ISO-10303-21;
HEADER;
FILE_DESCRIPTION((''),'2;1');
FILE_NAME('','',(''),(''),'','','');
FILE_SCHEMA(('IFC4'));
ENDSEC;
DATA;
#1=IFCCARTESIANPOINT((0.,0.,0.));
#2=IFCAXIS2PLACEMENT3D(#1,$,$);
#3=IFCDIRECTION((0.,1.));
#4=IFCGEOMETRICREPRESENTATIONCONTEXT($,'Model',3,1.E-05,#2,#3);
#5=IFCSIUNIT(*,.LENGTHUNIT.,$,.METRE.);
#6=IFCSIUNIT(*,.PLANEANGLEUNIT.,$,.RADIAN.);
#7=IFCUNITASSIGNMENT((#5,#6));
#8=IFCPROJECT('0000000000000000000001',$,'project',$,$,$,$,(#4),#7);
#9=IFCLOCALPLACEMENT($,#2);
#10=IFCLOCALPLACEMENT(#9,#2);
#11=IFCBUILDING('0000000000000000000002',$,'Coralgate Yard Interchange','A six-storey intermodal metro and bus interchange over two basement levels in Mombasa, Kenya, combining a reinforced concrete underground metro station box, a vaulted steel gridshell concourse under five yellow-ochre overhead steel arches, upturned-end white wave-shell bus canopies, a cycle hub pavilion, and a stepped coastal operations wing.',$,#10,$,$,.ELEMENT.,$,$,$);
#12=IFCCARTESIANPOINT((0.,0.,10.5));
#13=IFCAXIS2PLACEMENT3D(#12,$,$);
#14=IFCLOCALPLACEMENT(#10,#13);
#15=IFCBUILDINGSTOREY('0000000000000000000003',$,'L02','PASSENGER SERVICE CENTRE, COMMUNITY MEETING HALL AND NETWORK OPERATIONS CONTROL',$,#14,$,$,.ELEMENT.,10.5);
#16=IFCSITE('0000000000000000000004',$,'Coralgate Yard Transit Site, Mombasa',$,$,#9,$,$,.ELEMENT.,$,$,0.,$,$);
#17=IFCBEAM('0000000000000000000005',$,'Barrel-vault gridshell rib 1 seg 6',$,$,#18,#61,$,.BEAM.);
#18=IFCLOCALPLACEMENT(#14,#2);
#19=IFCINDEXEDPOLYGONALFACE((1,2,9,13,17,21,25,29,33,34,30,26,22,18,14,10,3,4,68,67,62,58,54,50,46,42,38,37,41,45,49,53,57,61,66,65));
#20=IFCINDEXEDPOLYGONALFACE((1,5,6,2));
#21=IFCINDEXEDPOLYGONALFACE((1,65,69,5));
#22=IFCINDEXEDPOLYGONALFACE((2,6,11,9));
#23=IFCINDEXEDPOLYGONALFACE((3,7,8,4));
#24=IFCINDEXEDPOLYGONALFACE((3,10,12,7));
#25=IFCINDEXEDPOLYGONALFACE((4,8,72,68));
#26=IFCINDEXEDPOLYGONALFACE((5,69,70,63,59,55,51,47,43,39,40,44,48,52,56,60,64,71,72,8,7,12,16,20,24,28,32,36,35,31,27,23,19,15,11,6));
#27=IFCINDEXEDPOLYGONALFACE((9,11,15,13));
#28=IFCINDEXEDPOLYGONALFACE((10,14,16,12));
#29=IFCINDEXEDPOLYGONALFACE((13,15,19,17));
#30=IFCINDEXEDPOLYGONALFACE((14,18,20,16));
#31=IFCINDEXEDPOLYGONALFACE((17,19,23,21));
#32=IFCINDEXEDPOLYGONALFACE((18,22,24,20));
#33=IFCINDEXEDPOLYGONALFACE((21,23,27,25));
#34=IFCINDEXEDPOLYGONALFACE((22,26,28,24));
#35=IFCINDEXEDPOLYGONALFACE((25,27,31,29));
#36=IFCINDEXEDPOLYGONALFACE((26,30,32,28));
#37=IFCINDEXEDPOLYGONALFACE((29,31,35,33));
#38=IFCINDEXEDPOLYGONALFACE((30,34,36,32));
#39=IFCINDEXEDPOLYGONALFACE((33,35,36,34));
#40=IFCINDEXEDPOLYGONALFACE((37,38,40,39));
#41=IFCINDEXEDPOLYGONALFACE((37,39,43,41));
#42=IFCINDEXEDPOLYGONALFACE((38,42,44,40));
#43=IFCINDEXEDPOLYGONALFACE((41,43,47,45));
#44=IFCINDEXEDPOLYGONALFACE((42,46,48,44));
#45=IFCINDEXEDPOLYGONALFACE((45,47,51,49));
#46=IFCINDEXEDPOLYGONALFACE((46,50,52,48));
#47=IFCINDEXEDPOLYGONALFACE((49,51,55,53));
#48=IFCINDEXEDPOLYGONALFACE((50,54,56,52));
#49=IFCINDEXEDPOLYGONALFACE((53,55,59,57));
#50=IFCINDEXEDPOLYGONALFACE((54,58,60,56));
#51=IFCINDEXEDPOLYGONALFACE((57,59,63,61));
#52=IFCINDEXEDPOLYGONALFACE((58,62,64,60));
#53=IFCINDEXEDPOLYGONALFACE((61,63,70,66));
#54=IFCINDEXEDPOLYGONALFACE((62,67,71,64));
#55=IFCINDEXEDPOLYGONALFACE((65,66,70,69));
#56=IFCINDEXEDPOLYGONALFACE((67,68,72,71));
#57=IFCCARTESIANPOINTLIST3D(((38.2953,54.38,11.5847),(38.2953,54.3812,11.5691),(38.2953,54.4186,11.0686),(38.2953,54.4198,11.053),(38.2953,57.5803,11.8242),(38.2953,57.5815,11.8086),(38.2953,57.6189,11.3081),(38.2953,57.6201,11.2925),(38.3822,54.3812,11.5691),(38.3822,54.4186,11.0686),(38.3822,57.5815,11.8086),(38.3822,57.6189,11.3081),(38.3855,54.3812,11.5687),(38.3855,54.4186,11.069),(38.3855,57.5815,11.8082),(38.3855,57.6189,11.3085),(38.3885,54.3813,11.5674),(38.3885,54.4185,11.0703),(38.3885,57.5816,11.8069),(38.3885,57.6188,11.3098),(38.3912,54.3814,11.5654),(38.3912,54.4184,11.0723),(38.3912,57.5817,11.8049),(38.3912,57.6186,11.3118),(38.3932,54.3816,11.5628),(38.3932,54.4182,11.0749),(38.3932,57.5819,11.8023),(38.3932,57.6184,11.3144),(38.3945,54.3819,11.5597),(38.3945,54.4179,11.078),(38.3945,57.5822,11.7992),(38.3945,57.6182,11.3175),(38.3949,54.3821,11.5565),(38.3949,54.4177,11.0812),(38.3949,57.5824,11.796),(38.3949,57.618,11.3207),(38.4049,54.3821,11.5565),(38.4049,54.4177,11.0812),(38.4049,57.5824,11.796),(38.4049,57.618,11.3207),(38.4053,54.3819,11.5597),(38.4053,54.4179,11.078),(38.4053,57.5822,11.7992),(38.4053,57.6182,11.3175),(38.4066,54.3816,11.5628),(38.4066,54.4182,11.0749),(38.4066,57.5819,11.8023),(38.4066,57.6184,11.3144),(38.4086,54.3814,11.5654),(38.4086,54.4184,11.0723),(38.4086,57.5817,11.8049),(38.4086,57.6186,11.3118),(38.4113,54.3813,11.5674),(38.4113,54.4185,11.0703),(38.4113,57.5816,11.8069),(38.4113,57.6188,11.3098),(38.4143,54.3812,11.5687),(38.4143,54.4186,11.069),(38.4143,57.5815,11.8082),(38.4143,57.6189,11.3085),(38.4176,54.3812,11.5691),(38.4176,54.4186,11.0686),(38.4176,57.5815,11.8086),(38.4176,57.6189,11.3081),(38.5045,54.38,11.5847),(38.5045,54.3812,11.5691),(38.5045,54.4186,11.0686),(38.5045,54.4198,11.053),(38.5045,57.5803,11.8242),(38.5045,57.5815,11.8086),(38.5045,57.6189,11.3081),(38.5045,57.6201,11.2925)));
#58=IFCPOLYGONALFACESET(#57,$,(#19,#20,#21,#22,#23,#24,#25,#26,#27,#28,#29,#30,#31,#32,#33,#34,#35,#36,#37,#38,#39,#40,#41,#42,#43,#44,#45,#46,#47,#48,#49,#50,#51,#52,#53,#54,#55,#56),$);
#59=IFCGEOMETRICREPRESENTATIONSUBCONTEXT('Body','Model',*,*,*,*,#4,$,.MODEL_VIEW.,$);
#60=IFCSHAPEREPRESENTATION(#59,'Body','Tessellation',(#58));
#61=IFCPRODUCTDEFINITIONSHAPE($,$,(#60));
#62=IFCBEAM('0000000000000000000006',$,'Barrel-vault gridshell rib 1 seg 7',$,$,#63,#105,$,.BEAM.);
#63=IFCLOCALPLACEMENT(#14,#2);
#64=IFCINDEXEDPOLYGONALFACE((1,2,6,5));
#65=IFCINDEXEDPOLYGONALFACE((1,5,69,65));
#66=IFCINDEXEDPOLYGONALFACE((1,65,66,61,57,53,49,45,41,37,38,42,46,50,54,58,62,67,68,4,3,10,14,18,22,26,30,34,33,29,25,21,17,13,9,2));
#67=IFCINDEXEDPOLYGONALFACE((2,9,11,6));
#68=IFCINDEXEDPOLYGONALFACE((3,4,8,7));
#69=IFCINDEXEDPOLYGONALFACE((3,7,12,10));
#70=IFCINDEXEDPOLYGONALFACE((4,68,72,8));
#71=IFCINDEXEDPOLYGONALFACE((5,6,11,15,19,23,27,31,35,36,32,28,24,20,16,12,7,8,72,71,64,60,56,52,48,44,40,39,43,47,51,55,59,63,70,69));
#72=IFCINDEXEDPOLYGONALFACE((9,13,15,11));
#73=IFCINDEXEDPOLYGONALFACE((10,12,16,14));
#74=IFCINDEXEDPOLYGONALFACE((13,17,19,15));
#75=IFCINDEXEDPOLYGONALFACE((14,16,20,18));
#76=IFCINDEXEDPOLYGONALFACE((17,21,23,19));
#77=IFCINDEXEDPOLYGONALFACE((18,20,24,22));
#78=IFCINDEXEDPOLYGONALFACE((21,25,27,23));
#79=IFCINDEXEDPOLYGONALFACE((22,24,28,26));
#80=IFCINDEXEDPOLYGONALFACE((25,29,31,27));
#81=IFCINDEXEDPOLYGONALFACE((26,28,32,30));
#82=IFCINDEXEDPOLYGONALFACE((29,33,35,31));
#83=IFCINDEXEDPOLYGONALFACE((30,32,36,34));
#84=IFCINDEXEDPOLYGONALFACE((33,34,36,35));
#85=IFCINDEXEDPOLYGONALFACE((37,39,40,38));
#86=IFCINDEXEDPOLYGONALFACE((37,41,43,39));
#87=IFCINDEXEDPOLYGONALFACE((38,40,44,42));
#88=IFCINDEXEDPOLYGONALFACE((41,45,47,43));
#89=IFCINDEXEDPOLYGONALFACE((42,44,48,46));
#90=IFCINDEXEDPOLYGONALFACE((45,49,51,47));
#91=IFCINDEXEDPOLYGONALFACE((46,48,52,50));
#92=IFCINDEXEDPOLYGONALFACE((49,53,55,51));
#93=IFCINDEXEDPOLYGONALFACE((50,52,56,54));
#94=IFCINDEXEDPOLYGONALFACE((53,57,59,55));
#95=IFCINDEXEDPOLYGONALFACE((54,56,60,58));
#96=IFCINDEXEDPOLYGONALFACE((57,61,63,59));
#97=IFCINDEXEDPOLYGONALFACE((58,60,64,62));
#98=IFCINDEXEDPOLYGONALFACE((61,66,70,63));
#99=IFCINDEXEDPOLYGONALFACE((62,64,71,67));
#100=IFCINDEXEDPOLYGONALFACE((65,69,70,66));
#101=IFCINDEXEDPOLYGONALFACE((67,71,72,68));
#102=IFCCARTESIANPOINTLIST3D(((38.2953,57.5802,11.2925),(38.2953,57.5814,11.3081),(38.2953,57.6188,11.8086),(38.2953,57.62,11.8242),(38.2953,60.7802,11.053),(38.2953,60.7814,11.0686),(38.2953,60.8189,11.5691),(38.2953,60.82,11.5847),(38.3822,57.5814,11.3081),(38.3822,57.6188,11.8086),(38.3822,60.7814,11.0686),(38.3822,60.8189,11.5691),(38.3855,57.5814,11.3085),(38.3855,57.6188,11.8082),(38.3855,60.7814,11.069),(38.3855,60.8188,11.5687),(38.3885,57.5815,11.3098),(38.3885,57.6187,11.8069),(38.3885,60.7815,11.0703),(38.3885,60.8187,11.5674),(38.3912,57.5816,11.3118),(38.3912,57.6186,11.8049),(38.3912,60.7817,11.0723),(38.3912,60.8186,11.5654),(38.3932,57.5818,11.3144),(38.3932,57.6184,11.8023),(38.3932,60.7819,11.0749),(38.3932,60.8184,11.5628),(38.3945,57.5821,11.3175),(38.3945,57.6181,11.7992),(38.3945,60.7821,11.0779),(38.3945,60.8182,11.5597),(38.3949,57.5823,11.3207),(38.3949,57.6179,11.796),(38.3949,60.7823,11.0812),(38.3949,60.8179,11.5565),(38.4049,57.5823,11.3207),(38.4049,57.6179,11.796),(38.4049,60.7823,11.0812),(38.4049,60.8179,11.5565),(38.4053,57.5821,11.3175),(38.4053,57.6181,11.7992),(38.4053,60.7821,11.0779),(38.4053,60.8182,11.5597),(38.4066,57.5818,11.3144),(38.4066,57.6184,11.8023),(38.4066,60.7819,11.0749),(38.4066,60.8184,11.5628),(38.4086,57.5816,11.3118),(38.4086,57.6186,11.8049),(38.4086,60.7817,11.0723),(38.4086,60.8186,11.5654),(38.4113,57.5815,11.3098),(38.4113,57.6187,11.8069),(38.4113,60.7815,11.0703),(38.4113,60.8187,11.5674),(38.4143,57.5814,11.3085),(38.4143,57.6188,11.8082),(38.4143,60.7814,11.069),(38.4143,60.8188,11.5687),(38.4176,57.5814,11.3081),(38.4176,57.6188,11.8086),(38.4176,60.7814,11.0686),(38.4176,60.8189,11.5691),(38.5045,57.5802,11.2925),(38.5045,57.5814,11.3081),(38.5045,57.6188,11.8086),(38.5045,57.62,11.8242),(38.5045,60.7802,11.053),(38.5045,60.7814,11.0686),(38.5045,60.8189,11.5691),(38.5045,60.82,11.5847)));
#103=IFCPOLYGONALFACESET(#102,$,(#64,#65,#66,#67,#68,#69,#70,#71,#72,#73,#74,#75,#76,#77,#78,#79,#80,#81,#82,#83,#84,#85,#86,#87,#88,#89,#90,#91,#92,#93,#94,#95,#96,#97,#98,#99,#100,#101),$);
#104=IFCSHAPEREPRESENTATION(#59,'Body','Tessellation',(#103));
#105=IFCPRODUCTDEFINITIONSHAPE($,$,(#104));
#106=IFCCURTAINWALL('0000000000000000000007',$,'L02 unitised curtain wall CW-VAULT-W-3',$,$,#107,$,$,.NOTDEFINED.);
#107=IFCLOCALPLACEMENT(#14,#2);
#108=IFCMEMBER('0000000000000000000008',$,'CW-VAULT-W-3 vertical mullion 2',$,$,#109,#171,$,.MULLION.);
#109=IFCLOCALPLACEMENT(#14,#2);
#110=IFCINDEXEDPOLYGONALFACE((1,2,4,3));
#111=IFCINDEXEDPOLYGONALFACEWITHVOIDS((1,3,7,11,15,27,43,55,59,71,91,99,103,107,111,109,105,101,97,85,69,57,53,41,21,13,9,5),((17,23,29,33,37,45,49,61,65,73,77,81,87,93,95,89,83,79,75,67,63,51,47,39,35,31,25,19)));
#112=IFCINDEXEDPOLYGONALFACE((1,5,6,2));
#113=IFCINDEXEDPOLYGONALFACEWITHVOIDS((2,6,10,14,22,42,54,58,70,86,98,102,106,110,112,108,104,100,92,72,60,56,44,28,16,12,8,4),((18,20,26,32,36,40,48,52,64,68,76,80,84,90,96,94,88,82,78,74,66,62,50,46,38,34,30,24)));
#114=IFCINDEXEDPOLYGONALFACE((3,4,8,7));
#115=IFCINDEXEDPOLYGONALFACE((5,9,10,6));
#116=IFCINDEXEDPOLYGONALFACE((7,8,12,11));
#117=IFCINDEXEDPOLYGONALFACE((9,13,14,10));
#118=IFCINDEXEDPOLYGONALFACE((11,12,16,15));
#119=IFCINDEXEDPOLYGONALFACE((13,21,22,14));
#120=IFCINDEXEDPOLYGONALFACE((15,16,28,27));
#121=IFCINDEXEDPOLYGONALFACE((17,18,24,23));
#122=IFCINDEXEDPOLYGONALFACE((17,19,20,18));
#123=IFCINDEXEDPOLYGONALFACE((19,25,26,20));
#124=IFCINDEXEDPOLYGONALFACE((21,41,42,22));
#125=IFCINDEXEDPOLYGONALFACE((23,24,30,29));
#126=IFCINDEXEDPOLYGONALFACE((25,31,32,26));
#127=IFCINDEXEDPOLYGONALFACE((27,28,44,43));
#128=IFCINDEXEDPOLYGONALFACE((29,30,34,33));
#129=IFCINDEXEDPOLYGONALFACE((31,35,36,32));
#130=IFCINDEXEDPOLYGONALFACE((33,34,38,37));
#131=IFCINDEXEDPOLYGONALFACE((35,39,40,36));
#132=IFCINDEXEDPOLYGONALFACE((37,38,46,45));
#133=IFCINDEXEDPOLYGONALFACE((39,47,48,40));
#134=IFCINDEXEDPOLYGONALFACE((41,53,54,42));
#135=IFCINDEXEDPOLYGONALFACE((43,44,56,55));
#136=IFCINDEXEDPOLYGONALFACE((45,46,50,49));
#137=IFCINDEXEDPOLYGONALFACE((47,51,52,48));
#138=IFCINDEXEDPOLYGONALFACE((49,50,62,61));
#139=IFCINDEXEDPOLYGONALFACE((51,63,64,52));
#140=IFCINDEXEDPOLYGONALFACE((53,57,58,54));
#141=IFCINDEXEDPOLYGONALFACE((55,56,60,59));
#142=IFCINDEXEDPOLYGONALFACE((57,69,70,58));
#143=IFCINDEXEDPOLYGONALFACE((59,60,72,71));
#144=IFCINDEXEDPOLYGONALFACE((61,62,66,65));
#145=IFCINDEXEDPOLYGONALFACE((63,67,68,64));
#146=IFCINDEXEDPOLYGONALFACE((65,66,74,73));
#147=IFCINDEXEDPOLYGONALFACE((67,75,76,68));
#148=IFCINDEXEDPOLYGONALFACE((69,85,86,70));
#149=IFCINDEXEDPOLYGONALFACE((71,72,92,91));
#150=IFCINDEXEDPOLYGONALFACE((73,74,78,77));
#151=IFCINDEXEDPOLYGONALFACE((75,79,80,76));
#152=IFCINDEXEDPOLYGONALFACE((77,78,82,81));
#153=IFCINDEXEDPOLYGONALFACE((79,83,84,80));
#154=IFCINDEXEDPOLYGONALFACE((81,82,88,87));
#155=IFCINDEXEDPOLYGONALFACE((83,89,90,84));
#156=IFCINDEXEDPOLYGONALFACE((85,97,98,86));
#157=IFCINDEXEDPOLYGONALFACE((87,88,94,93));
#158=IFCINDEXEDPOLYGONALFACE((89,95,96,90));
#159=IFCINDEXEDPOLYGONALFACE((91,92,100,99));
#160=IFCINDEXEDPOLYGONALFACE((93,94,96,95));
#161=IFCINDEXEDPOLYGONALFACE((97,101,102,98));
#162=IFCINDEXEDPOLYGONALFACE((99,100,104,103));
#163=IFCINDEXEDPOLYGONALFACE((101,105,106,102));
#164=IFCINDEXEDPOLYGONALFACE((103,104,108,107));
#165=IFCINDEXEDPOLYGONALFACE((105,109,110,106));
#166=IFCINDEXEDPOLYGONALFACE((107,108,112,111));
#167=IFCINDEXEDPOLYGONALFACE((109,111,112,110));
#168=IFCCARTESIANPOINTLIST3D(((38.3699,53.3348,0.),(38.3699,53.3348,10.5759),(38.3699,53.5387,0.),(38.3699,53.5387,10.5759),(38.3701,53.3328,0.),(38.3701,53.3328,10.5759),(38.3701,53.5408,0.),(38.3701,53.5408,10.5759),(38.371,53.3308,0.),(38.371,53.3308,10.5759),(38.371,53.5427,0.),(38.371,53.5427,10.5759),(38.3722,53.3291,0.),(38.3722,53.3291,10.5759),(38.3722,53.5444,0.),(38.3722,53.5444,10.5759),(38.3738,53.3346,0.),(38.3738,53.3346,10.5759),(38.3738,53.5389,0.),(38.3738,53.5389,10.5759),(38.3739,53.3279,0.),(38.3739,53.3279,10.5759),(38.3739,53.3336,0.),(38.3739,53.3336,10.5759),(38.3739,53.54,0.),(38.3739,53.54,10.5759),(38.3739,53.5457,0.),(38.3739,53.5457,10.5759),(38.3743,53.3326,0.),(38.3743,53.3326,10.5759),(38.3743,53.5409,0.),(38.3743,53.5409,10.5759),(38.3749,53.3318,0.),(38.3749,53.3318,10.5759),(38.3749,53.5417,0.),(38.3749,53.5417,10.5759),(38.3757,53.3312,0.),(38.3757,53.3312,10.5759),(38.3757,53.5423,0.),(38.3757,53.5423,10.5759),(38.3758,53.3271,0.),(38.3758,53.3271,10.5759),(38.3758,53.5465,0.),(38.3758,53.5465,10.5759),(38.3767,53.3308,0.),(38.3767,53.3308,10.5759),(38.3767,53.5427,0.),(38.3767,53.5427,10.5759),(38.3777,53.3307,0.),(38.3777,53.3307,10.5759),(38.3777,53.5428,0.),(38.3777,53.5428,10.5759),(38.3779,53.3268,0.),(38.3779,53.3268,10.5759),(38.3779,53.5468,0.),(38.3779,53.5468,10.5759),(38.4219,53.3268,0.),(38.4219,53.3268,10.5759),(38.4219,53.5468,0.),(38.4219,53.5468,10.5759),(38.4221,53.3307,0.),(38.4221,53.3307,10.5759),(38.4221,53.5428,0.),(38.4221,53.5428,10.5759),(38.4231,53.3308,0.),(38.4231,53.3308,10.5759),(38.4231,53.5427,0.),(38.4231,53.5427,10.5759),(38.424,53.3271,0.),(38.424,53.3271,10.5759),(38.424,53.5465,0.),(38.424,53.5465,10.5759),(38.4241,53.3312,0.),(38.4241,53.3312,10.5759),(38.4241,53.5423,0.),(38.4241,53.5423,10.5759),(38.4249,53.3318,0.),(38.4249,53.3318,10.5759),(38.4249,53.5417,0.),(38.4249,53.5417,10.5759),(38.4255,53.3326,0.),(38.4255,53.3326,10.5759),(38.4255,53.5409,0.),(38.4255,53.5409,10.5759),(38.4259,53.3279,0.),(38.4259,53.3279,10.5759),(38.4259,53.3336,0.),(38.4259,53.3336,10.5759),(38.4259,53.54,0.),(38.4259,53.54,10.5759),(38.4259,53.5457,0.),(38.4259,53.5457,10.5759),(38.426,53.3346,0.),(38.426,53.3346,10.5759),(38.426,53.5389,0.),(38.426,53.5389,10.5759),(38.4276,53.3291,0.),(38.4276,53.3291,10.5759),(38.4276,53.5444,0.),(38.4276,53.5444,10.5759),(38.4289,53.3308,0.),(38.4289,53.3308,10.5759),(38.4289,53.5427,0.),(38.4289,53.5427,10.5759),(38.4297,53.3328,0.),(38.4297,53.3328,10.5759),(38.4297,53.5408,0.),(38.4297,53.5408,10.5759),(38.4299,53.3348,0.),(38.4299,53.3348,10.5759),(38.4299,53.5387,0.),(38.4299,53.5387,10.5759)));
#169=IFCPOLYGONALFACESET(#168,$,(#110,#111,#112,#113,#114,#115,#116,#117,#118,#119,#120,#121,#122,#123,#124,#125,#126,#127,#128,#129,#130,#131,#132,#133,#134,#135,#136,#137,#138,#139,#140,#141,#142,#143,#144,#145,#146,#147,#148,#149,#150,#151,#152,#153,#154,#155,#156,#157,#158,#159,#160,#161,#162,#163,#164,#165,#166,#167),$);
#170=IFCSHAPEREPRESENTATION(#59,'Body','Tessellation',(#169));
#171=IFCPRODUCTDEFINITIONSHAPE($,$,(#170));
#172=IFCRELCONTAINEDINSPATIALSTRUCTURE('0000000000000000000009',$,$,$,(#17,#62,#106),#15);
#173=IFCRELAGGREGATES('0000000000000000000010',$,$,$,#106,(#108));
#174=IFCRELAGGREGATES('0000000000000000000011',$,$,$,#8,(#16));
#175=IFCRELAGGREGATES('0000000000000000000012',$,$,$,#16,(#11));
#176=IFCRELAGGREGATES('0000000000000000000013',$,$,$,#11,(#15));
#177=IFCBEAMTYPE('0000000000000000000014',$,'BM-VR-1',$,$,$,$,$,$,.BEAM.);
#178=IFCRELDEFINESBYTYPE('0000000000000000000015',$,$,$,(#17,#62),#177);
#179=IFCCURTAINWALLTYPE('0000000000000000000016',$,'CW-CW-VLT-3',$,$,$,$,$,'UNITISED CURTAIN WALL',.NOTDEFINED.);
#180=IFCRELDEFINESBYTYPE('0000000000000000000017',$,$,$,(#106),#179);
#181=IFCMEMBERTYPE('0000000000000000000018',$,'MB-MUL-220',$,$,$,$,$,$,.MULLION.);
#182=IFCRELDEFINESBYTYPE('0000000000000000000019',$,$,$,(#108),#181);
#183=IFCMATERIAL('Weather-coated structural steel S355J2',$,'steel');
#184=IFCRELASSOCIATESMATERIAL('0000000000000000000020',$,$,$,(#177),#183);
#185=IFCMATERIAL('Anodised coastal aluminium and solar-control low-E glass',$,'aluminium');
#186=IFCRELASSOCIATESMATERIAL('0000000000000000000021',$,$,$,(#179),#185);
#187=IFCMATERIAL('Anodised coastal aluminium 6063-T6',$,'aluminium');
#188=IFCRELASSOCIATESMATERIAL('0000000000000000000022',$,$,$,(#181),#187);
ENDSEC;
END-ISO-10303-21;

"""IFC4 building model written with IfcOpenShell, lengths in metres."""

from ifc_helpers import new_model, si_unit, direction, frame, origin, origin_2d, place, context, subcontext, project, spatial, hollow_rectangle, i_section, extrude, material, material_profile, profile_set, type_object, element, aggregate, save


model = new_model("IFC4")

# Units and contexts
model_context = context("Model", 3, precision=1e-05, world=origin(), true_north=direction((0.0, 1.0)))
body_context = subcontext(model_context, "Body", "Model", "MODEL_VIEW")
ifc_project = project(units=[si_unit("LENGTHUNIT", "METRE"), si_unit("PLANEANGLEUNIT", "RADIAN")], contexts=[model_context])

# Site, building, storey
site_placement = place(None, origin())
site = spatial("IfcSite", under=ifc_project, at=site_placement, Name="Coralgate Yard Transit Site, Mombasa", CompositionType="ELEMENT", RefElevation=0.0)
building_placement = place(site_placement, origin())
building = spatial("IfcBuilding", under=site, at=building_placement, Name="Coralgate Yard Interchange", Description="A six-storey intermodal metro and bus interchange over two basement levels in Mombasa, Kenya, combining a reinforced concrete underground metro station box, a vaulted steel gridshell concourse under five yellow-ochre overhead steel arches, upturned-end white wave-shell bus canopies, a cycle hub pavilion, and a stepped coastal operations wing.", CompositionType="ELEMENT")
storey_placement = place(building_placement, frame((0.0, 0.0, 10.5)))
storey = spatial("IfcBuildingStorey", under=building, at=storey_placement, Name="L02", Description="PASSENGER SERVICE CENTRE, COMMUNITY MEETING HALL AND NETWORK OPERATIONS CONTROL", CompositionType="ELEMENT", Elevation=10.5)

# Beams
ifc_material_1 = material(Name="Weather-coated structural steel S355J2", Category="steel")
ifc_material_profile_1 = material_profile(ifc_material_1, i_section(OverallWidth=0.2092, OverallDepth=0.5332, WebThickness=0.01, FlangeThickness=0.0156, FilletRadius=0.0127, at=origin_2d()), Name="UB 533x210x92")
ifc_profile_set_1 = profile_set([ifc_material_profile_1], Name="Weather-coated structural steel S355J2")
beam_type = type_object("IfcBeamType", Name="BM-VR-1", PredefinedType="BEAM", material=ifc_profile_set_1)
beam_1_placement = place(storey_placement, frame((38.3999, 54.3999, 11.3188), z_axis=(0.0, 0.997211, 0.074631), x_axis=(-1.0, 0.0, 0.0)))
element("IfcBeam", 1, at=beam_1_placement, inside=storey, type_object=beam_type, Name="Barrel-vault gridshell rib 1 seg 6", PredefinedType="BEAM", context=body_context, shape_type="SweptSolid", body=[
    extrude(i_section(OverallWidth=0.2092, OverallDepth=0.5332, WebThickness=0.01, FlangeThickness=0.0156, FilletRadius=0.0127, at=origin_2d()), origin(), (0.0, 0.0, 1.0), 3.2092),
])
beam_2_placement = place(storey_placement, frame((38.3999, 57.6001, 11.5583), z_axis=(0.0, 0.997211, -0.074637), x_axis=(-1.0, 0.0, 0.0)))
element("IfcBeam", 2, at=beam_2_placement, inside=storey, type_object=beam_type, Name="Barrel-vault gridshell rib 1 seg 7", PredefinedType="BEAM", context=body_context, shape_type="SweptSolid", body=[
    extrude(i_section(OverallWidth=0.2092, OverallDepth=0.5332, WebThickness=0.01, FlangeThickness=0.0156, FilletRadius=0.0127, at=origin_2d()), origin(), (0.0, 0.0, 1.0), 3.209),
])

# Curtain wall, member
ifc_material_2 = material(Name="Anodised coastal aluminium and solar-control low-E glass", Category="aluminium")
curtain_wall_type = type_object("IfcCurtainWallType", Name="CW-CW-VLT-3", ElementType="UNITISED CURTAIN WALL", PredefinedType="NOTDEFINED", material=ifc_material_2)
curtain_wall_1_placement = place(storey_placement, origin())
curtain_wall_1 = element("IfcCurtainWall", 3, at=curtain_wall_1_placement, inside=storey, type_object=curtain_wall_type, Name="L02 unitised curtain wall CW-VAULT-W-3", PredefinedType="NOTDEFINED")
ifc_material_3 = material(Name="Anodised coastal aluminium 6063-T6", Category="aluminium")
ifc_material_profile_2 = material_profile(ifc_material_3, hollow_rectangle(XDim=0.0601, YDim=0.22, WallThickness=0.0039, InnerFilletRadius=0.0039, OuterFilletRadius=0.0081, at=origin_2d()), Name="ALU 60x220x4")
ifc_profile_set_2 = profile_set([ifc_material_profile_2], Name="Anodised coastal aluminium 6063-T6")
member_type_1 = type_object("IfcMemberType", Name="MB-MUL-220", PredefinedType="MULLION", material=ifc_profile_set_2)
member_1_placement = place(storey_placement, frame((38.3999, 53.4368, 0.0), z_axis=(0.0, 0.0, 1.0), x_axis=(1.0, 0.0, 0.0)))
member_1 = element("IfcMember", 4, at=member_1_placement, type_object=member_type_1, Name="CW-VAULT-W-3 vertical mullion 2", PredefinedType="MULLION", context=body_context, shape_type="SweptSolid", body=[
    extrude(hollow_rectangle(XDim=0.0601, YDim=0.22, WallThickness=0.0039, InnerFilletRadius=0.0039, OuterFilletRadius=0.0081, at=origin_2d()), origin(), (0.0, 0.0, 1.0), 10.5759),
])

aggregate(curtain_wall_1, [member_1])

save(model, "model.ifc")
